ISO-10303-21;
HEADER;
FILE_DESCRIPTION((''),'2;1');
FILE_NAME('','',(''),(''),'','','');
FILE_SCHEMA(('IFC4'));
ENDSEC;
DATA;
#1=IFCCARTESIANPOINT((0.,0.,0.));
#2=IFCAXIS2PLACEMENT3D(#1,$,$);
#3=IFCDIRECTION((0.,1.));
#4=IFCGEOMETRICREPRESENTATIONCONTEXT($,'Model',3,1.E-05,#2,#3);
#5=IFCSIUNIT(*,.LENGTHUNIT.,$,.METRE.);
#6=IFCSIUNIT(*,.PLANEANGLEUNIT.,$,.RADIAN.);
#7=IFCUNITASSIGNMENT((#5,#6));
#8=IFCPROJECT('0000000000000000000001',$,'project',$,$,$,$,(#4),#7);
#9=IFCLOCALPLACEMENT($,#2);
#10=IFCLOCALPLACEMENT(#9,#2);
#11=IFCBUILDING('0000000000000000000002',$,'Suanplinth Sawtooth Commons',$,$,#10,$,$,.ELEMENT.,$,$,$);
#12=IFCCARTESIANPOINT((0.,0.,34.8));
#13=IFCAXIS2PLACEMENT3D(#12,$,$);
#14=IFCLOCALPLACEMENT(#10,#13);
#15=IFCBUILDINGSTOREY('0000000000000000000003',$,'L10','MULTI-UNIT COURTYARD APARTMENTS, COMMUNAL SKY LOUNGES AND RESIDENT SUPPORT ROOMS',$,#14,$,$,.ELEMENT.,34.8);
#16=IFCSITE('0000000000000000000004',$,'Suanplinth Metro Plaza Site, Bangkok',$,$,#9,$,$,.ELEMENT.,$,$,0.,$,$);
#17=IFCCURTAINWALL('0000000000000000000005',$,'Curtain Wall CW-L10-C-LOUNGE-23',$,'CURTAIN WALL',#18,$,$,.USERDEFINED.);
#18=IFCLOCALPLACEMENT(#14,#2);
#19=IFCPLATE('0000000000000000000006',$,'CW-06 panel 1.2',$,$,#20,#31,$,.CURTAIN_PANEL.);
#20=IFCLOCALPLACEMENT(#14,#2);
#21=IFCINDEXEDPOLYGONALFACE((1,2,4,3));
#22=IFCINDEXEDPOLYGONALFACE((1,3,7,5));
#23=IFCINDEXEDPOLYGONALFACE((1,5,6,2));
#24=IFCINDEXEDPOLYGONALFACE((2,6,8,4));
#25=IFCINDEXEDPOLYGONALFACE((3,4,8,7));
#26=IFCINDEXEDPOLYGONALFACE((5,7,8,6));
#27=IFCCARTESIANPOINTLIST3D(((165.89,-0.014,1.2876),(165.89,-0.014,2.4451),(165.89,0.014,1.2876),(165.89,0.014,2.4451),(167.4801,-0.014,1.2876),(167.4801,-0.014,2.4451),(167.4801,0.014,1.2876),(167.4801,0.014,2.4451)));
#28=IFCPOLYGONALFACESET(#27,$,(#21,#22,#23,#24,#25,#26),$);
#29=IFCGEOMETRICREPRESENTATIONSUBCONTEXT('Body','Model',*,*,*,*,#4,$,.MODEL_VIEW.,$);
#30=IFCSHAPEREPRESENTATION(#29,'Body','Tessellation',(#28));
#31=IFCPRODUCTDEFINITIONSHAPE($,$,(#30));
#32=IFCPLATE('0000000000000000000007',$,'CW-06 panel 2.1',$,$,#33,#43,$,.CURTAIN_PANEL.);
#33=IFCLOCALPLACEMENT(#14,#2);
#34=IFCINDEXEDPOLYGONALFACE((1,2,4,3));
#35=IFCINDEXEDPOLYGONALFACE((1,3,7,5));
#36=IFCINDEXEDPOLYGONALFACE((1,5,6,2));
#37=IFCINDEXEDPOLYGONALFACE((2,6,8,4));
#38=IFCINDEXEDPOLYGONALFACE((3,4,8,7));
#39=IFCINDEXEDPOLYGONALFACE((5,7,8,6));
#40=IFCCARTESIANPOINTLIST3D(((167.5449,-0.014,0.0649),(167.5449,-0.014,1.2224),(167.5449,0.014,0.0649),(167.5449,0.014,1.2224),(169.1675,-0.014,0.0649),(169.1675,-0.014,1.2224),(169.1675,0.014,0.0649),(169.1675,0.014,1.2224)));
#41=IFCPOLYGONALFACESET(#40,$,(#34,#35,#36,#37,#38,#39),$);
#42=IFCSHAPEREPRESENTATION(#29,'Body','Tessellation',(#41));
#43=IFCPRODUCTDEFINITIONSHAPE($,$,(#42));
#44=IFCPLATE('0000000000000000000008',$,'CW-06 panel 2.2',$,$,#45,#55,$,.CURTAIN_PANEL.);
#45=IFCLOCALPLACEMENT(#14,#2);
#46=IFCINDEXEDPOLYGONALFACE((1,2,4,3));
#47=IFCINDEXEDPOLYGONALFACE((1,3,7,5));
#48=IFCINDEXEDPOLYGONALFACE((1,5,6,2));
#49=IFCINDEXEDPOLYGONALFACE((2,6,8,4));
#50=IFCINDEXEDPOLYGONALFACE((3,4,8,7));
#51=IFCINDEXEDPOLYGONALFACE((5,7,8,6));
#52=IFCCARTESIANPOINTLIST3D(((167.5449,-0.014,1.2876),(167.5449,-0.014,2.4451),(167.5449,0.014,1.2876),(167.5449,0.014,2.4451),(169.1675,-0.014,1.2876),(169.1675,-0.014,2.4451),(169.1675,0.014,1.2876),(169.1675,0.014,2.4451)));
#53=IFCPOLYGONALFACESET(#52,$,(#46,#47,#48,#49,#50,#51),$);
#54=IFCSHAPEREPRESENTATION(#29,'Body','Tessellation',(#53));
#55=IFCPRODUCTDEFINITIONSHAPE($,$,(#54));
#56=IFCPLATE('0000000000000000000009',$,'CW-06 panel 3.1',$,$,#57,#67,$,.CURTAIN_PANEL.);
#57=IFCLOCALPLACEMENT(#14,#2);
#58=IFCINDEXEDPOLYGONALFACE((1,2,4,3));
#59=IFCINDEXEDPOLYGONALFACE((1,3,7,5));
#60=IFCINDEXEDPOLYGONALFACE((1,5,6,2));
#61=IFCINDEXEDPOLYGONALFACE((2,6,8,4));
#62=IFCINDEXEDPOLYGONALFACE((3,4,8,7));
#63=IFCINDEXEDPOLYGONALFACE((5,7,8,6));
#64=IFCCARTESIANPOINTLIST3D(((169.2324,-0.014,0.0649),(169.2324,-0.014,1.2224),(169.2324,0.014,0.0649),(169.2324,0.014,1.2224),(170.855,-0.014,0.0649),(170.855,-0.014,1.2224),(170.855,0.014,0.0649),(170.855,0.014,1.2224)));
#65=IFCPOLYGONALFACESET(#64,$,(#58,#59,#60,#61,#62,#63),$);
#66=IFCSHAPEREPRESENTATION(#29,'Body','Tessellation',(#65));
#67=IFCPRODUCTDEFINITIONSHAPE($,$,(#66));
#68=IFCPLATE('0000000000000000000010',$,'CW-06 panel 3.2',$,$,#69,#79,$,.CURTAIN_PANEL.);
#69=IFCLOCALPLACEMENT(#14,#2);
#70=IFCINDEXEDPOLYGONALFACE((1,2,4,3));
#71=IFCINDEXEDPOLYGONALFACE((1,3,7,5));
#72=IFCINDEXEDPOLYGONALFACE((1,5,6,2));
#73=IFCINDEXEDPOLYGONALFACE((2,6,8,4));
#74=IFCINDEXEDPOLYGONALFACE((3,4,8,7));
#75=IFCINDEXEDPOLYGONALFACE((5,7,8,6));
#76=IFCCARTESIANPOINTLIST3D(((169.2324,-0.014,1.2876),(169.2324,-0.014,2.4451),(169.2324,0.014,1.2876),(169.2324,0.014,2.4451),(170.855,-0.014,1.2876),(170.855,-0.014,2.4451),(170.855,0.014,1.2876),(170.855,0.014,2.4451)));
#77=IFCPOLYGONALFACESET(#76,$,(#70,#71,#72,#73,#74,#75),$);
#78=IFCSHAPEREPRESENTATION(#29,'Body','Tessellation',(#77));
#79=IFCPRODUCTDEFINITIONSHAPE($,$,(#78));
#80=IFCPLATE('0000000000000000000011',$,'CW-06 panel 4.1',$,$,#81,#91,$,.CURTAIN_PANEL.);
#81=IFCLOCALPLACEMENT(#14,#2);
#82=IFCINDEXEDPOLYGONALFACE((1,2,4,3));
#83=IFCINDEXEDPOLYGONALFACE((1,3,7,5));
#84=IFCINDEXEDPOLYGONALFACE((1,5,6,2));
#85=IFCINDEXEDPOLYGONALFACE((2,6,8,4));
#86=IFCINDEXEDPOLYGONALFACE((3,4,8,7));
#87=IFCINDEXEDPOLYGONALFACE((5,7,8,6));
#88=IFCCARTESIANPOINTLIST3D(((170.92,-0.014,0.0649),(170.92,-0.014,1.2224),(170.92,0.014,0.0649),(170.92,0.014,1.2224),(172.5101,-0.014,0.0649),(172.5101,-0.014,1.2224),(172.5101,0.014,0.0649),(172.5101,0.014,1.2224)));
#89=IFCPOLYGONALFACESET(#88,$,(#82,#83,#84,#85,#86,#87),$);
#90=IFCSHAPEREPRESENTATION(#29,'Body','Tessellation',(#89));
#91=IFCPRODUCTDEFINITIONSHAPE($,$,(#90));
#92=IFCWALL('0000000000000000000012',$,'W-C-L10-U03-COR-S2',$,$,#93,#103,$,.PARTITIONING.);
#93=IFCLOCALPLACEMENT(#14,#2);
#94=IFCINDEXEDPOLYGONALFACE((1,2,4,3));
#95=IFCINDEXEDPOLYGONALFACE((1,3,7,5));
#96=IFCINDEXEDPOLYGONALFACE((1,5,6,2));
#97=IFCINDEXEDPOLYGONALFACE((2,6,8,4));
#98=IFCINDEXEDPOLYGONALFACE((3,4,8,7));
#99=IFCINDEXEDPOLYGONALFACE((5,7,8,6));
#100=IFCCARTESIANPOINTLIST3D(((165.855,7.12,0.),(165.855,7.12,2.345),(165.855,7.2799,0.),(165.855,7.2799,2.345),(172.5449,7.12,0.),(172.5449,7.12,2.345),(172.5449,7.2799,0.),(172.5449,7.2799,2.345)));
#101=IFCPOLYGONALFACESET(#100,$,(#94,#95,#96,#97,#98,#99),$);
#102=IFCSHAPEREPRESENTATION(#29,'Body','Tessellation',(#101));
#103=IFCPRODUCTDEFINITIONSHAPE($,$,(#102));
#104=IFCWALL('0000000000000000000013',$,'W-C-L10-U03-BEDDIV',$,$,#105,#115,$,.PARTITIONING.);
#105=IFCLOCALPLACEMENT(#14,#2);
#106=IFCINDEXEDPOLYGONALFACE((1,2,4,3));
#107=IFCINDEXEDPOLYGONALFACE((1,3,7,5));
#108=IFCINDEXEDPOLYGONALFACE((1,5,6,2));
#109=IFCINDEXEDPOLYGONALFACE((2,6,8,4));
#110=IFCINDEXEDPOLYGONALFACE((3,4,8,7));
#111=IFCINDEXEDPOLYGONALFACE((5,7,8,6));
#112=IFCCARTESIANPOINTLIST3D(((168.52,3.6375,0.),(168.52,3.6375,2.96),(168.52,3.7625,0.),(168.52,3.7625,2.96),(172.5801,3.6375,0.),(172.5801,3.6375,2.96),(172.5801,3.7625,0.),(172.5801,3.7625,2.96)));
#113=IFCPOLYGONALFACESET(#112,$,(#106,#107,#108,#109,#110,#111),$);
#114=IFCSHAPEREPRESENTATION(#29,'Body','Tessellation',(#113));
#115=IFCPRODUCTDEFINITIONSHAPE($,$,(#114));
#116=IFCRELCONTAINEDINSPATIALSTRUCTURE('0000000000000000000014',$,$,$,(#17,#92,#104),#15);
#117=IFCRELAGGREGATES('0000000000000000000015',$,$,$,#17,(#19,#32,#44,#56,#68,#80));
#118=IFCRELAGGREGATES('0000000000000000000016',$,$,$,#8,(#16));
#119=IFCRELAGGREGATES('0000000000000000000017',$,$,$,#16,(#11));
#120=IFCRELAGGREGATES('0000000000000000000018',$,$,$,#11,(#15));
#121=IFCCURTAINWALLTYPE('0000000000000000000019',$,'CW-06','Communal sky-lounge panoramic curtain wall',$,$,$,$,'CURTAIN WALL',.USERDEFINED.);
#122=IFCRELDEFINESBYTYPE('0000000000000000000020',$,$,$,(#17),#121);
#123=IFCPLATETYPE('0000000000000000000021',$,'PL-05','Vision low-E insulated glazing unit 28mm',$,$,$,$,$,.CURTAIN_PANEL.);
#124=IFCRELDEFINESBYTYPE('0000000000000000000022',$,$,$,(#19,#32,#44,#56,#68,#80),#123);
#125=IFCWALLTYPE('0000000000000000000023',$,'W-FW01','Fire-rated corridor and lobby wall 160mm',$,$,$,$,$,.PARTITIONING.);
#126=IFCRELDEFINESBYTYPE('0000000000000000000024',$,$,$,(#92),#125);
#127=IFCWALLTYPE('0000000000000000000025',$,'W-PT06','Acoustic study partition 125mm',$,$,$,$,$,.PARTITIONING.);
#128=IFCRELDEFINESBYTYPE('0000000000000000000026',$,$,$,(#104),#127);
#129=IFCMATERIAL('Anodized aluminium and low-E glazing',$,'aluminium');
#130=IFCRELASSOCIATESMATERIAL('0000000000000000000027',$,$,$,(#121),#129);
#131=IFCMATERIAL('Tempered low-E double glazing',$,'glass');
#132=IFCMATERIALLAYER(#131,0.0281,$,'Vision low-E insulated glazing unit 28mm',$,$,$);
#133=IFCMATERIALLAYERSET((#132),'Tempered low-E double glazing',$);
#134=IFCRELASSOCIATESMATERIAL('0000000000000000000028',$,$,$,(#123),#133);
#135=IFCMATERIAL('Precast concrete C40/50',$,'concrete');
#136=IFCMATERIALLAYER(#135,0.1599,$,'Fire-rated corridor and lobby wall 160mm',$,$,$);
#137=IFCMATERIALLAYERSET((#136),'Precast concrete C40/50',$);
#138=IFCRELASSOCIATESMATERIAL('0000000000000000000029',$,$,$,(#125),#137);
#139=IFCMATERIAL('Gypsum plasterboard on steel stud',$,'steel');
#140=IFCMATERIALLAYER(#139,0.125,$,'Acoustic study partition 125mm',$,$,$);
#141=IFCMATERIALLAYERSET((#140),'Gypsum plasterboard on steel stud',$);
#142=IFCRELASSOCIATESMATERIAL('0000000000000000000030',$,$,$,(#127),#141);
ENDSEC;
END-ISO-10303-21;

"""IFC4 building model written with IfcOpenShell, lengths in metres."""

from ifc_helpers import new_model, si_unit, direction, frame, frame_2d, origin, origin_2d, place, context, subcontext, project, spatial, rectangle, extrude, material, layer, layer_set, type_object, element, aggregate, save


model = new_model("IFC4")

# Units and contexts
model_context = context("Model", 3, precision=1e-05, world=origin(), true_north=direction((0.0, 1.0)))
body_context = subcontext(model_context, "Body", "Model", "MODEL_VIEW")
ifc_project = project(units=[si_unit("LENGTHUNIT", "METRE"), si_unit("PLANEANGLEUNIT", "RADIAN")], contexts=[model_context])

# Site, building, storey
site_placement = place(None, origin())
site = spatial("IfcSite", under=ifc_project, at=site_placement, Name="Suanplinth Metro Plaza Site, Bangkok", CompositionType="ELEMENT", RefElevation=0.0)
building_placement = place(site_placement, origin())
building = spatial("IfcBuilding", under=site, at=building_placement, Name="Suanplinth Sawtooth Commons", CompositionType="ELEMENT")
storey_placement = place(building_placement, frame((0.0, 0.0, 34.8)))
storey = spatial("IfcBuildingStorey", under=building, at=storey_placement, Name="L10", Description="MULTI-UNIT COURTYARD APARTMENTS, COMMUNAL SKY LOUNGES AND RESIDENT SUPPORT ROOMS", CompositionType="ELEMENT", Elevation=34.8)

# Shared definitions
ifc_material_1 = material(Name="Precast concrete C40/50", Category="concrete")

# Curtain wall, plates
ifc_material_2 = material(Name="Anodized aluminium and low-E glazing", Category="aluminium")
curtain_wall_type = type_object("IfcCurtainWallType", Name="CW-06", Description="Communal sky-lounge panoramic curtain wall", ElementType="CURTAIN WALL", PredefinedType="USERDEFINED", material=ifc_material_2)
curtain_wall_placement = place(storey_placement, origin())
curtain_wall = element("IfcCurtainWall", 1, at=curtain_wall_placement, inside=storey, type_object=curtain_wall_type, Name="Curtain Wall CW-L10-C-LOUNGE-23", ObjectType="CURTAIN WALL", PredefinedType="USERDEFINED")
ifc_material_3 = material(Name="Tempered low-E double glazing", Category="glass")
ifc_layer_1 = layer(ifc_material_3, 0.0281, Name="Vision low-E insulated glazing unit 28mm")
ifc_layer_set_1 = layer_set([ifc_layer_1], Name="Tempered low-E double glazing")
plate_type = type_object("IfcPlateType", Name="PL-05", Description="Vision low-E insulated glazing unit 28mm", PredefinedType="CURTAIN_PANEL", material=ifc_layer_set_1)
plate_1_placement = place(storey_placement, frame((166.6851, 0.0, 1.2876), z_axis=(0.0, 0.0, 1.0), x_axis=(1.0, 0.0, 0.0)))
plate_1 = element("IfcPlate", 2, at=plate_1_placement, type_object=plate_type, Name="CW-06 panel 1.2", PredefinedType="CURTAIN_PANEL", context=body_context, shape_type="SweptSolid", body=[
    extrude(rectangle(XDim=1.5901, YDim=0.0281, at=origin_2d()), origin(), (0.0, 0.0, 1.0), 1.1575),
])
plate_2_placement = place(storey_placement, frame((168.3562, 0.0, 0.0649), z_axis=(0.0, 0.0, 1.0), x_axis=(1.0, 0.0, 0.0)))
plate_2 = element("IfcPlate", 3, at=plate_2_placement, type_object=plate_type, Name="CW-06 panel 2.1", PredefinedType="CURTAIN_PANEL", context=body_context, shape_type="SweptSolid", body=[
    extrude(rectangle(XDim=1.6226, YDim=0.0281, at=origin_2d()), origin(), (0.0, 0.0, 1.0), 1.1575),
])
plate_3_placement = place(storey_placement, frame((168.3562, 0.0, 1.2876), z_axis=(0.0, 0.0, 1.0), x_axis=(1.0, 0.0, 0.0)))
plate_3 = element("IfcPlate", 4, at=plate_3_placement, type_object=plate_type, Name="CW-06 panel 2.2", PredefinedType="CURTAIN_PANEL", context=body_context, shape_type="SweptSolid", body=[
    extrude(rectangle(XDim=1.6226, YDim=0.0281, at=origin_2d()), origin(), (0.0, 0.0, 1.0), 1.1575),
])
plate_4_placement = place(storey_placement, frame((170.0437, 0.0, 0.0649), z_axis=(0.0, 0.0, 1.0), x_axis=(1.0, 0.0, 0.0)))
plate_4 = element("IfcPlate", 5, at=plate_4_placement, type_object=plate_type, Name="CW-06 panel 3.1", PredefinedType="CURTAIN_PANEL", context=body_context, shape_type="SweptSolid", body=[
    extrude(rectangle(XDim=1.6226, YDim=0.0281, at=origin_2d()), origin(), (0.0, 0.0, 1.0), 1.1575),
])
plate_5_placement = place(storey_placement, frame((170.0437, 0.0, 1.2876), z_axis=(0.0, 0.0, 1.0), x_axis=(1.0, 0.0, 0.0)))
plate_5 = element("IfcPlate", 6, at=plate_5_placement, type_object=plate_type, Name="CW-06 panel 3.2", PredefinedType="CURTAIN_PANEL", context=body_context, shape_type="SweptSolid", body=[
    extrude(rectangle(XDim=1.6226, YDim=0.0281, at=origin_2d()), origin(), (0.0, 0.0, 1.0), 1.1575),
])
plate_6_placement = place(storey_placement, frame((171.7151, 0.0, 0.0649), z_axis=(0.0, 0.0, 1.0), x_axis=(1.0, 0.0, 0.0)))
plate_6 = element("IfcPlate", 7, at=plate_6_placement, type_object=plate_type, Name="CW-06 panel 4.1", PredefinedType="CURTAIN_PANEL", context=body_context, shape_type="SweptSolid", body=[
    extrude(rectangle(XDim=1.5901, YDim=0.0281, at=origin_2d()), origin(), (0.0, 0.0, 1.0), 1.1575),
])
aggregate(curtain_wall, [plate_1, plate_2, plate_3, plate_4, plate_5, plate_6])

# Wall
ifc_layer_2 = layer(ifc_material_1, 0.1599, Name="Fire-rated corridor and lobby wall 160mm")
ifc_layer_set_2 = layer_set([ifc_layer_2], Name="Precast concrete C40/50")
wall_type_1 = type_object("IfcWallType", Name="W-FW01", Description="Fire-rated corridor and lobby wall 160mm", PredefinedType="PARTITIONING", material=ifc_layer_set_2)
wall_1_placement = place(storey_placement, frame((165.855, 7.2, 0.0), z_axis=(0.0, 0.0, 1.0), x_axis=(1.0, 0.0, 0.0)))
element("IfcWall", 8, at=wall_1_placement, inside=storey, type_object=wall_type_1, Name="W-C-L10-U03-COR-S2", PredefinedType="PARTITIONING", context=body_context, shape_type="SweptSolid", body=[
    extrude(rectangle(XDim=6.6899, YDim=0.1599, at=frame_2d((3.345, 0.0))), origin(), (0.0, 0.0, 1.0), 2.345),
])

# Shared definitions
ifc_material_4 = material(Name="Gypsum plasterboard on steel stud", Category="steel")

# Wall
ifc_layer_3 = layer(ifc_material_4, 0.125, Name="Acoustic study partition 125mm")
ifc_layer_set_3 = layer_set([ifc_layer_3], Name="Gypsum plasterboard on steel stud")
wall_type_2 = type_object("IfcWallType", Name="W-PT06", Description="Acoustic study partition 125mm", PredefinedType="PARTITIONING", material=ifc_layer_set_3)
wall_2_placement = place(storey_placement, frame((168.52, 3.7, 0.0), z_axis=(0.0, 0.0, 1.0), x_axis=(1.0, 0.0, 0.0)))
element("IfcWall", 9, at=wall_2_placement, inside=storey, type_object=wall_type_2, Name="W-C-L10-U03-BEDDIV", PredefinedType="PARTITIONING", context=body_context, shape_type="SweptSolid", body=[
    extrude(rectangle(XDim=4.0601, YDim=0.125, at=frame_2d((2.03, 0.0))), origin(), (0.0, 0.0, 1.0), 2.96),
])

save(model, "model.ifc")
